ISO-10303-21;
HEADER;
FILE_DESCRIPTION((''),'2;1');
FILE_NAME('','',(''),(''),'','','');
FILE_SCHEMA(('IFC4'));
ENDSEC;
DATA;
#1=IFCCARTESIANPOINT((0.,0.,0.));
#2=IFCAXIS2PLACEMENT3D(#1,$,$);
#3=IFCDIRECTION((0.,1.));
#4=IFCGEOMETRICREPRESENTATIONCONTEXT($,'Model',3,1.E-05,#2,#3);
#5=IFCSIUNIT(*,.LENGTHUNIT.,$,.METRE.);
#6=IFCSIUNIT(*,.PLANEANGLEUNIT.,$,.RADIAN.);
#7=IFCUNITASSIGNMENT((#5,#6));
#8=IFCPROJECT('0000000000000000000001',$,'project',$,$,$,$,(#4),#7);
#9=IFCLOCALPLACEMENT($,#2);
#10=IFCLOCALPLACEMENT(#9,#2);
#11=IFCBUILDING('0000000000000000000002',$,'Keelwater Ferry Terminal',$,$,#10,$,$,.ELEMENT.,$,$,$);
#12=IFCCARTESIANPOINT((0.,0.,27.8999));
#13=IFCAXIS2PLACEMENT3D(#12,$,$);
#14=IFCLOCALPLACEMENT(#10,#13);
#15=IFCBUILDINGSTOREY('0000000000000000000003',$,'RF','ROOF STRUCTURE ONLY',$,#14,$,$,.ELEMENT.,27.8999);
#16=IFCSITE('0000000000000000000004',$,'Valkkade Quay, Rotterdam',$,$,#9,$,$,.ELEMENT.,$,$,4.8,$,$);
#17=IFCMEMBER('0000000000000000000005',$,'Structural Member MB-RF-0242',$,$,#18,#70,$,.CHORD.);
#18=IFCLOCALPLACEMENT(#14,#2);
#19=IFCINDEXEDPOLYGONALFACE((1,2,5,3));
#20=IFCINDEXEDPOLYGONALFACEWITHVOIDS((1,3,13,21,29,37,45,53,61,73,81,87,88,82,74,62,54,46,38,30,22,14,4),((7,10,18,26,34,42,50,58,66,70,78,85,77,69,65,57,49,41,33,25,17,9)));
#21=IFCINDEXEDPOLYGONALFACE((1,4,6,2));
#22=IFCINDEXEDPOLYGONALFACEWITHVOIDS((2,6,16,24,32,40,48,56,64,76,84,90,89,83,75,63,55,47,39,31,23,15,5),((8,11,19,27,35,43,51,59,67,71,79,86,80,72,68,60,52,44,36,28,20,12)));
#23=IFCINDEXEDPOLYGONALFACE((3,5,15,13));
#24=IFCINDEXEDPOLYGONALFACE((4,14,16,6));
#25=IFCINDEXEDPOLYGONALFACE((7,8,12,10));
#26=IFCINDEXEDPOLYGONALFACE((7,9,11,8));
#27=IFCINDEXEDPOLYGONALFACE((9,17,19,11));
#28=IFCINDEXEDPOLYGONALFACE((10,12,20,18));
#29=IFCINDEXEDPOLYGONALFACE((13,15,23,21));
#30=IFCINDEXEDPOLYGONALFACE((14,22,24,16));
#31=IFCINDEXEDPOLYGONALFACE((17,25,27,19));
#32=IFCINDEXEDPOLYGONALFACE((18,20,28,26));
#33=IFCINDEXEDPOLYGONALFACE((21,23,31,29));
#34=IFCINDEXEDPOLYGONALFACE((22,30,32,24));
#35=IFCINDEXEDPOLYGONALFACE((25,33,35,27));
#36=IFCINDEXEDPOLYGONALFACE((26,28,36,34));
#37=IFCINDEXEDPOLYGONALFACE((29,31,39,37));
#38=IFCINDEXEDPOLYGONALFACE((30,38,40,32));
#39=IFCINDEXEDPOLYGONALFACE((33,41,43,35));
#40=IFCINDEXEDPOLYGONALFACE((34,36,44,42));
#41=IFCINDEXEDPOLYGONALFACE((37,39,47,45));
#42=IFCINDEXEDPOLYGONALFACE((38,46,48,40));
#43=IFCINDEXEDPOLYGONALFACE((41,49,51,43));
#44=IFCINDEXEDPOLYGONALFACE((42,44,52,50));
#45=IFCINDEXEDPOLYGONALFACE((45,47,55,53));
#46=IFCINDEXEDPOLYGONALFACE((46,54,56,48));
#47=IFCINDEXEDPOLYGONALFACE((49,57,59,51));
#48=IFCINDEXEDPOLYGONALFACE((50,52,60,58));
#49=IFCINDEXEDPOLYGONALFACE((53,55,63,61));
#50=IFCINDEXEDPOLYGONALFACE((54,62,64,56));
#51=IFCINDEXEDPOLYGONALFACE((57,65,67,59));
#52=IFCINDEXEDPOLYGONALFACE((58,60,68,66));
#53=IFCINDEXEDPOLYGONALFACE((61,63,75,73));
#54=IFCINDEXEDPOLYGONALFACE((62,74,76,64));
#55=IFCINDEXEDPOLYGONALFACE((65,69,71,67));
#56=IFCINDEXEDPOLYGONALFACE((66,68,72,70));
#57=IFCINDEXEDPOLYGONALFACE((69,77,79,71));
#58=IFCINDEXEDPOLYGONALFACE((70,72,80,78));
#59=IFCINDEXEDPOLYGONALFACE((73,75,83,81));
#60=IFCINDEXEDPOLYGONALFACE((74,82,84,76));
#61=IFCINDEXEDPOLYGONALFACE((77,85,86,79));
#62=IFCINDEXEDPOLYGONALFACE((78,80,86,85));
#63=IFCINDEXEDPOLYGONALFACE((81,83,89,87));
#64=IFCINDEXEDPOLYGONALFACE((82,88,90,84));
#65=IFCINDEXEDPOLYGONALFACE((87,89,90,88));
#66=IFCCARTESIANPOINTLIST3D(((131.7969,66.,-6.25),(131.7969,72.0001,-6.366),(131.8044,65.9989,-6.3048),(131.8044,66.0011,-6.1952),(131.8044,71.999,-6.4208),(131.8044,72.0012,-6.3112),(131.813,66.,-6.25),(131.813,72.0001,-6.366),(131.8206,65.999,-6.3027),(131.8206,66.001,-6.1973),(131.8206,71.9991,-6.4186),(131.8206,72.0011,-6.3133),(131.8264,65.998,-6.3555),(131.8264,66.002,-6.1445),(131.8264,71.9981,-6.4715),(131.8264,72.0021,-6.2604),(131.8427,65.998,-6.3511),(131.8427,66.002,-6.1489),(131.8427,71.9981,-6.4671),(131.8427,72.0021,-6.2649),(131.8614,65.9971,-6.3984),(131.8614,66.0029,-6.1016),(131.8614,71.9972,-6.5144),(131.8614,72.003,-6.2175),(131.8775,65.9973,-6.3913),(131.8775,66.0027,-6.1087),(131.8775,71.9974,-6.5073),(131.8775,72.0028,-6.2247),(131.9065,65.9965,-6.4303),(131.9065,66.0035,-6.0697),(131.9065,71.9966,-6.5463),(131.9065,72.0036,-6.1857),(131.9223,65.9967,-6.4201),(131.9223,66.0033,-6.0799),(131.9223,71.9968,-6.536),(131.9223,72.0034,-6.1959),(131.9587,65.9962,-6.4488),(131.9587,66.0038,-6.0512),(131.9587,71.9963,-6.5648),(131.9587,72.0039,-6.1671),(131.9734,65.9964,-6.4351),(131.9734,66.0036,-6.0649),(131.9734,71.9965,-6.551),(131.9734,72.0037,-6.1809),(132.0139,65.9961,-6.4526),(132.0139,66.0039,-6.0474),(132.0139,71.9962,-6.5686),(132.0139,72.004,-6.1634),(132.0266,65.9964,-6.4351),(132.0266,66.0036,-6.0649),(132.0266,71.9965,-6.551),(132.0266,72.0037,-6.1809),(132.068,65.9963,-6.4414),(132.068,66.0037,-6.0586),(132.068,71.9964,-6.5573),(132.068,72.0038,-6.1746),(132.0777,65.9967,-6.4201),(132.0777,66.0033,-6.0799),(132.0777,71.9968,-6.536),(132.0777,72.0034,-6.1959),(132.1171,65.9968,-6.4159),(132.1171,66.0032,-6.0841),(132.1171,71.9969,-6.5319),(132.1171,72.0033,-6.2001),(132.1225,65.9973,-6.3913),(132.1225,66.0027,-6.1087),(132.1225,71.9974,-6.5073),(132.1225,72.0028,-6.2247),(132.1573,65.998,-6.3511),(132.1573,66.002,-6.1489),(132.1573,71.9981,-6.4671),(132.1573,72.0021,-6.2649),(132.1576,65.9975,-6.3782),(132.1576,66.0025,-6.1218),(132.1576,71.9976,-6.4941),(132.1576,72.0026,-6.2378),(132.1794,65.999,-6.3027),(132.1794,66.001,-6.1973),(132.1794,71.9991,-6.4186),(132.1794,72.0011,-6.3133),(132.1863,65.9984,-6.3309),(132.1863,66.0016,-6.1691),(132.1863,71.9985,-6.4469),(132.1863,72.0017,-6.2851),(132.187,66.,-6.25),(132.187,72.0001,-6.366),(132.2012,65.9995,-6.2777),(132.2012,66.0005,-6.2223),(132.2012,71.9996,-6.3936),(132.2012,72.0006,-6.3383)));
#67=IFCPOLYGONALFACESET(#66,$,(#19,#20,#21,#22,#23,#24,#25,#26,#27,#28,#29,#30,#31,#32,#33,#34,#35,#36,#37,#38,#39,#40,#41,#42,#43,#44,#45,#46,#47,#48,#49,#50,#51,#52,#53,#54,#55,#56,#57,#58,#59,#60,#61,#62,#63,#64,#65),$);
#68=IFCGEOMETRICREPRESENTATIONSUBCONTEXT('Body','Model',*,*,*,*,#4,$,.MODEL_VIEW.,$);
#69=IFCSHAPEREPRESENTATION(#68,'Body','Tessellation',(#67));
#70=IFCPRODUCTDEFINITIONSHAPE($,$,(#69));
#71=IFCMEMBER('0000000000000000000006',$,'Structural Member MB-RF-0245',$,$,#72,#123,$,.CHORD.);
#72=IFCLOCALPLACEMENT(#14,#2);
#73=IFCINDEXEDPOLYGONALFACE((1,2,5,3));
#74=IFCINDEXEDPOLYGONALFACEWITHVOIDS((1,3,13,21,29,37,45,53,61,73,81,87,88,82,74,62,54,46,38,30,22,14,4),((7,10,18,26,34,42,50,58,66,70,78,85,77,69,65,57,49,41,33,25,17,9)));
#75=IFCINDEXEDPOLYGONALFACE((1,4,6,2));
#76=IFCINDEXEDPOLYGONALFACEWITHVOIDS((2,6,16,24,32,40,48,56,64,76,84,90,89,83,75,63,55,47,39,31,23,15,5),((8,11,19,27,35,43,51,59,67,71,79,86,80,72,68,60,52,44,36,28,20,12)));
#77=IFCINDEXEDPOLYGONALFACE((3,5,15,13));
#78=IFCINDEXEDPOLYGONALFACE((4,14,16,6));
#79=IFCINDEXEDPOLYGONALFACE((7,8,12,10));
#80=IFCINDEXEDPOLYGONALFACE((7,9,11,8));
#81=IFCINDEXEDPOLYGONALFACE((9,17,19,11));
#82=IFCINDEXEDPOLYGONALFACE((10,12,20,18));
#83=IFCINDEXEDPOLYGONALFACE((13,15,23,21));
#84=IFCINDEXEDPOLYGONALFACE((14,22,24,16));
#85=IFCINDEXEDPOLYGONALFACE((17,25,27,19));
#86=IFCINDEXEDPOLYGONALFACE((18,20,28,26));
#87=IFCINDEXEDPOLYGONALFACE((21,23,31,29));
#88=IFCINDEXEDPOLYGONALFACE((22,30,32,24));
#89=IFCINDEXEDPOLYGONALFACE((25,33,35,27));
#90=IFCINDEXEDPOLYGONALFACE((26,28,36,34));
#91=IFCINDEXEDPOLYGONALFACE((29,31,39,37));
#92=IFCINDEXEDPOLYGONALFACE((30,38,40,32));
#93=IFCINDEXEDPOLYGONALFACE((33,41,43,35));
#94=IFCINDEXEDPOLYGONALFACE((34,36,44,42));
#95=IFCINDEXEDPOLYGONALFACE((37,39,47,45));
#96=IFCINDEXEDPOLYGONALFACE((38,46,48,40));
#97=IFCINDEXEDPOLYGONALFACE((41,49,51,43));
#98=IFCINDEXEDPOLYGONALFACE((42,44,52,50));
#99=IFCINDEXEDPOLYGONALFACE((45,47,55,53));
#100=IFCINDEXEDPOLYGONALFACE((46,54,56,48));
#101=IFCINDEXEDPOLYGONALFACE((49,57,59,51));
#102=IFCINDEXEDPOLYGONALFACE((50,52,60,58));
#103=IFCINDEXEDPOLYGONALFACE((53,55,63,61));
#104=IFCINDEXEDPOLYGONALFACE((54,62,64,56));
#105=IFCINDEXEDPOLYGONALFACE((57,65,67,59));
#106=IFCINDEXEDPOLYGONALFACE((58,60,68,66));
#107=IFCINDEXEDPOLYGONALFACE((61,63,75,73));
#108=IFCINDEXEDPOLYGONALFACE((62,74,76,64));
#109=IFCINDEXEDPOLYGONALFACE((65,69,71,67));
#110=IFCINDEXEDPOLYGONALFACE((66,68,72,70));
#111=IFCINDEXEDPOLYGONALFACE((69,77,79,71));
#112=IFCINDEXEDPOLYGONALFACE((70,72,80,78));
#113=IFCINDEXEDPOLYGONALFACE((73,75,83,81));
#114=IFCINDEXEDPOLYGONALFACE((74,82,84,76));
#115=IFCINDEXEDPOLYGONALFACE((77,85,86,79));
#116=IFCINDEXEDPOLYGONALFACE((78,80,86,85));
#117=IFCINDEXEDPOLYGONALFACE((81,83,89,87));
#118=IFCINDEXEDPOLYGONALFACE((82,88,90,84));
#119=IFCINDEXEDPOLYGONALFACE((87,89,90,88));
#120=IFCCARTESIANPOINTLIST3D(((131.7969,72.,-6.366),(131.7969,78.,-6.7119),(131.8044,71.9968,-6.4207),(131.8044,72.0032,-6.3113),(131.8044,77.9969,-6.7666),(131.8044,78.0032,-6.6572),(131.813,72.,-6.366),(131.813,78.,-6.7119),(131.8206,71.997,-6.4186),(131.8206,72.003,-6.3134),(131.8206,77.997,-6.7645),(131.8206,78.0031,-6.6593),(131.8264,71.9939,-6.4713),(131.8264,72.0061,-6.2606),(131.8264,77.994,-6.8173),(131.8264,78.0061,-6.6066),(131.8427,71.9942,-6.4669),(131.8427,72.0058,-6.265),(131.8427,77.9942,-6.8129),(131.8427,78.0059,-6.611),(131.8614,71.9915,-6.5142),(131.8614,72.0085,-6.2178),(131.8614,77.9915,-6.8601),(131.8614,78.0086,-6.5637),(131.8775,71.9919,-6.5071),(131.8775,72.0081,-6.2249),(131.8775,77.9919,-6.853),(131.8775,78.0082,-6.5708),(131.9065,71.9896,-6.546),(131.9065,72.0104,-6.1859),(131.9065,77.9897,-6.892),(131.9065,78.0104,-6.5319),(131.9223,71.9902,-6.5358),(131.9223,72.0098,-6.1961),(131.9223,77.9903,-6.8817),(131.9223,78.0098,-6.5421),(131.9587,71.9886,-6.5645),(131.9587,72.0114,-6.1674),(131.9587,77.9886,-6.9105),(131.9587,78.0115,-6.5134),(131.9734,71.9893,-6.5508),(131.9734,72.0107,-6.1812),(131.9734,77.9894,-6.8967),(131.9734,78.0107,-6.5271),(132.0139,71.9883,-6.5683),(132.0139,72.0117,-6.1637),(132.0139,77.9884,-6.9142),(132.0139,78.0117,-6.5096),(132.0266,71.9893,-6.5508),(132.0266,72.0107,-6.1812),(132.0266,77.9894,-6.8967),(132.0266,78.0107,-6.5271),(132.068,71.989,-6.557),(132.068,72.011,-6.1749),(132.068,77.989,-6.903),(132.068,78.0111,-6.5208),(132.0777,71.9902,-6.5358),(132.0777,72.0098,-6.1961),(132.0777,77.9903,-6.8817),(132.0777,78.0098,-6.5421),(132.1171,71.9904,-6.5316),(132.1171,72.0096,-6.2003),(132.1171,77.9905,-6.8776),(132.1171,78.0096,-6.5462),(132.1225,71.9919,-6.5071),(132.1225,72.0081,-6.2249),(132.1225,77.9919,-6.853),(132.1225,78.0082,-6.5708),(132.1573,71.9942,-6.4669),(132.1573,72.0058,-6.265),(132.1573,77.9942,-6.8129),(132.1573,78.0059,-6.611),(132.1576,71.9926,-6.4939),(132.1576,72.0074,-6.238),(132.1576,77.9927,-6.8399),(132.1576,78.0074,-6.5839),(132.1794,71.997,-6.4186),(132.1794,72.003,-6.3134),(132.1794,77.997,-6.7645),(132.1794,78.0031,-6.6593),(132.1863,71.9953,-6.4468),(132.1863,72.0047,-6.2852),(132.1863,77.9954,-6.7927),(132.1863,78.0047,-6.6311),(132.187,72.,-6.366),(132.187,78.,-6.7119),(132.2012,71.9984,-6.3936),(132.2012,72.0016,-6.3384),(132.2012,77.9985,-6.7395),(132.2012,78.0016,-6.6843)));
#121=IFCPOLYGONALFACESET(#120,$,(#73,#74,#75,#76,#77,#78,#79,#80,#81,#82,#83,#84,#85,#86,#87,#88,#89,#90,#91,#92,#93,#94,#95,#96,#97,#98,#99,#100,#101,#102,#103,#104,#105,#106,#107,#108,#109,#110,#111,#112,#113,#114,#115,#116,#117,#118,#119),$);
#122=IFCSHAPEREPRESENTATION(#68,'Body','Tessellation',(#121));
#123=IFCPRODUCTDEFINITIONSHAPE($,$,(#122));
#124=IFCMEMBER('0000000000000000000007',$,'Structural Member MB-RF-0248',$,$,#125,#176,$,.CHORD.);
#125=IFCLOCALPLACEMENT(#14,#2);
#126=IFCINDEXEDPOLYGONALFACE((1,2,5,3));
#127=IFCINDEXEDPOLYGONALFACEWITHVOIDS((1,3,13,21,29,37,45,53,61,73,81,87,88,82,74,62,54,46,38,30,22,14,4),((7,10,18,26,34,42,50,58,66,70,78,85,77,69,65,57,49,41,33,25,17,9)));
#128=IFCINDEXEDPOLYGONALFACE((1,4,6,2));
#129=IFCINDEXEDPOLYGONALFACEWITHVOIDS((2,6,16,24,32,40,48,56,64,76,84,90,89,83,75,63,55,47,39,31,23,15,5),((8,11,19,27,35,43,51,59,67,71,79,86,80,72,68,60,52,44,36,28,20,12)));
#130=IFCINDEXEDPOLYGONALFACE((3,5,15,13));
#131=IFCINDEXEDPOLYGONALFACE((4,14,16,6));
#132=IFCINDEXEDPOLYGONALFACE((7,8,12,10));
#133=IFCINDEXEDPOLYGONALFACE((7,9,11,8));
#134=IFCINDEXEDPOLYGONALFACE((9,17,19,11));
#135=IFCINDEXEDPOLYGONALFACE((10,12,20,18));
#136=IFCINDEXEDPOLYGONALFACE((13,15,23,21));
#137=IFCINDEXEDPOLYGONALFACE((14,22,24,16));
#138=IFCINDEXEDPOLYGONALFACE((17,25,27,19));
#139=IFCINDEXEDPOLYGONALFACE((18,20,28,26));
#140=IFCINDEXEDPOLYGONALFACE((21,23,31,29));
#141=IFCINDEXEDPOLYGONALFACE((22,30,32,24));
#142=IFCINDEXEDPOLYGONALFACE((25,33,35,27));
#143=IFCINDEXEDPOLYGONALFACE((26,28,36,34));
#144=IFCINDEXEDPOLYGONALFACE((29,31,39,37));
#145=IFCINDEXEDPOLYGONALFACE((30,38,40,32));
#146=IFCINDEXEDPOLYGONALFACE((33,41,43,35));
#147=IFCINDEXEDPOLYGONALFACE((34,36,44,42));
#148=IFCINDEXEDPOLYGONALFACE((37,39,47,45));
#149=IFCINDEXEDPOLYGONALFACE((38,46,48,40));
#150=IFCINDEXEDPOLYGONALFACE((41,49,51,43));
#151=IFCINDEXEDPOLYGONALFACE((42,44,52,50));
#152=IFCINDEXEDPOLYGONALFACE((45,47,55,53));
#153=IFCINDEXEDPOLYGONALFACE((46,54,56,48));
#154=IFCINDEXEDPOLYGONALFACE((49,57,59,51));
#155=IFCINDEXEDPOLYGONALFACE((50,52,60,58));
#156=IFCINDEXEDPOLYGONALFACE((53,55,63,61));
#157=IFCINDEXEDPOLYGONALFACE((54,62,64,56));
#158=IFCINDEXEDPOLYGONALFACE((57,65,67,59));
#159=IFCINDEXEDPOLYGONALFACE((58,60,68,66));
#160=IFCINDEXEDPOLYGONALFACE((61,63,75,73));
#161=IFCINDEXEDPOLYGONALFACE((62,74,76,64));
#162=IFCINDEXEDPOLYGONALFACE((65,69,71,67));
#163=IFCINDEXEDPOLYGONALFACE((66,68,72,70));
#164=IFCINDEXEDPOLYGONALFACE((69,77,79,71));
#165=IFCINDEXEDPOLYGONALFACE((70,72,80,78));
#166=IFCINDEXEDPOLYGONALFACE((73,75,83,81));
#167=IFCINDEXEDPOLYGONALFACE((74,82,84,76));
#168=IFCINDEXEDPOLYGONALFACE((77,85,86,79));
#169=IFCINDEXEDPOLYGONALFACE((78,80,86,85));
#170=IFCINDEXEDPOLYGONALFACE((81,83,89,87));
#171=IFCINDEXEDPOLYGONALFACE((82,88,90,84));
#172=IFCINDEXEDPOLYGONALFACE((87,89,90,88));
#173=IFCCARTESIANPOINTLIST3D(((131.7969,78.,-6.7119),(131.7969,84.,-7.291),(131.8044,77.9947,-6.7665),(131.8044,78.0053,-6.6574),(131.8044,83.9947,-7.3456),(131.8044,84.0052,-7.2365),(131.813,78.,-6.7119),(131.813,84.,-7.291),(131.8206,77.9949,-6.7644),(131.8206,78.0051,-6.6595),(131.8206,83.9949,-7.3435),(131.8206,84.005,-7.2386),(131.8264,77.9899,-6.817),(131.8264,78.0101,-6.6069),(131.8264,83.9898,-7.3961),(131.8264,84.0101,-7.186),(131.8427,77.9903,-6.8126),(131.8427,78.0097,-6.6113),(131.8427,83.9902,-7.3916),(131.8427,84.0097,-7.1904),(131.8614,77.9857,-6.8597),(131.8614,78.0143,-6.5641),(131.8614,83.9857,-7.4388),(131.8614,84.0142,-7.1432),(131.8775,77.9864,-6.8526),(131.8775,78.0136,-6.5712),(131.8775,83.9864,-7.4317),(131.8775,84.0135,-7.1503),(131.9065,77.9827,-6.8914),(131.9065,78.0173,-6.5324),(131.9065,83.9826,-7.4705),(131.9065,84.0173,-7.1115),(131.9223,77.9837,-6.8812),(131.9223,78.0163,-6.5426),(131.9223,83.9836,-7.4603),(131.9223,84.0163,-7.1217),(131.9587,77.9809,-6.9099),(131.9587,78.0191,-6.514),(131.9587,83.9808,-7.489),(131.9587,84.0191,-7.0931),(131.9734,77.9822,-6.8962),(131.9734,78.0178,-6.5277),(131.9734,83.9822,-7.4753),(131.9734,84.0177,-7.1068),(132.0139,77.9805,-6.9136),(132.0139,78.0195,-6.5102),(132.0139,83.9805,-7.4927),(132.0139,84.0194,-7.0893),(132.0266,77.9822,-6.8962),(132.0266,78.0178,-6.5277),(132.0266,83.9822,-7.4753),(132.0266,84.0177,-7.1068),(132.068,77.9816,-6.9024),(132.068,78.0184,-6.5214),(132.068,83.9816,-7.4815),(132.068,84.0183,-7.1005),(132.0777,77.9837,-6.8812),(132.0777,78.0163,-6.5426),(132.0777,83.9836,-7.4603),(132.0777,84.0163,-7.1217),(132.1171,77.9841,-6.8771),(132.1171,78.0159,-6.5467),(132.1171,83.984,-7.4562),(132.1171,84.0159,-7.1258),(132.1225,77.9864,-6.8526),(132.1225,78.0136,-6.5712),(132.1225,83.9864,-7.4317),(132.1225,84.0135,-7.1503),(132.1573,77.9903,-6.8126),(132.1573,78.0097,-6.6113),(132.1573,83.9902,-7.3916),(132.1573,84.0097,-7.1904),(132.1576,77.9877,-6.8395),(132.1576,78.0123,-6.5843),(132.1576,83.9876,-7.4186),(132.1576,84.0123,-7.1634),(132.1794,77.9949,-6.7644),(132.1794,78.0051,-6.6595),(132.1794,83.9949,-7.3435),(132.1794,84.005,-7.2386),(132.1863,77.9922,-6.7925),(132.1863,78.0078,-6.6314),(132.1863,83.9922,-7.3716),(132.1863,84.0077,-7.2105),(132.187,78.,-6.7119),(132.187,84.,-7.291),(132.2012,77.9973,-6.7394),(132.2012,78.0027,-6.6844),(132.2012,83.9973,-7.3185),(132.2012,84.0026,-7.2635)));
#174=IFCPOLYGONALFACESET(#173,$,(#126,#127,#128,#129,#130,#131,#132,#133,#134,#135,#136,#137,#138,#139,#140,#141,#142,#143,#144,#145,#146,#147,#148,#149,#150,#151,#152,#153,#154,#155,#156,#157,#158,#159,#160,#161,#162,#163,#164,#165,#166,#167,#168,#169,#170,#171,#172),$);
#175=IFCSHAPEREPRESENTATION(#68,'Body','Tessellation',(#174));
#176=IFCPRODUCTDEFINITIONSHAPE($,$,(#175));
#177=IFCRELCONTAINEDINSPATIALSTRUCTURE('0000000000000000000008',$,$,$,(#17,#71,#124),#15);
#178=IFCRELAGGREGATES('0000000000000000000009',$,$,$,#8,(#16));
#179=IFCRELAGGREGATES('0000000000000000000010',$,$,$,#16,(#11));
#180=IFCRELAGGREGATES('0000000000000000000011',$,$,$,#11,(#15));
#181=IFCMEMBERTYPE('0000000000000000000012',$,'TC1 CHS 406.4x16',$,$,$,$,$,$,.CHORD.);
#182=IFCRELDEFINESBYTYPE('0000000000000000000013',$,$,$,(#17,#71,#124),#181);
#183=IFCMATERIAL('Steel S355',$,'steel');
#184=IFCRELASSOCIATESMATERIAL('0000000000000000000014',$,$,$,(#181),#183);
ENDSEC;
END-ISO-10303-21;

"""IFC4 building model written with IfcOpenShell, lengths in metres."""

from ifc_helpers import new_model, si_unit, direction, frame, origin, origin_2d, place, context, subcontext, project, spatial, hollow_circle, extrude, material, material_profile, profile_set, type_object, element, save


model = new_model("IFC4")

# Units and contexts
model_context = context("Model", 3, precision=1e-05, world=origin(), true_north=direction((0.0, 1.0)))
body_context = subcontext(model_context, "Body", "Model", "MODEL_VIEW")
ifc_project = project(units=[si_unit("LENGTHUNIT", "METRE"), si_unit("PLANEANGLEUNIT", "RADIAN")], contexts=[model_context])

# Site, building, storey
site_placement = place(None, origin())
site = spatial("IfcSite", under=ifc_project, at=site_placement, Name="Valkkade Quay, Rotterdam", CompositionType="ELEMENT", RefElevation=4.8)
building_placement = place(site_placement, origin())
building = spatial("IfcBuilding", under=site, at=building_placement, Name="Keelwater Ferry Terminal", CompositionType="ELEMENT")
storey_placement = place(building_placement, frame((0.0, 0.0, 27.8999)))
storey = spatial("IfcBuildingStorey", under=building, at=storey_placement, Name="RF", Description="ROOF STRUCTURE ONLY", CompositionType="ELEMENT", Elevation=27.8999)

# Members
ifc_material_1 = material(Name="Steel S355", Category="steel")
ifc_material_profile_1 = material_profile(ifc_material_1, hollow_circle(Radius=0.2031, WallThickness=0.0161, at=origin_2d()), Name="CHS 406.4x16")
ifc_profile_set_1 = profile_set([ifc_material_profile_1], Name="Steel S355")
member_type_1 = type_object("IfcMemberType", Name="TC1 CHS 406.4x16", PredefinedType="CHORD", material=ifc_profile_set_1)
member_1_placement = place(storey_placement, frame((132.0, 66.0, -6.25), z_axis=(0.0, 0.999813, -0.019324), x_axis=(-1.0, 0.0, 0.0)))
element("IfcMember", 1, at=member_1_placement, inside=storey, type_object=member_type_1, Name="Structural Member MB-RF-0242", PredefinedType="CHORD", context=body_context, shape_type="SweptSolid", body=[
    extrude(hollow_circle(Radius=0.2031, WallThickness=0.0161, at=origin_2d()), origin(), (0.0, 0.0, 1.0), 6.0012),
])
member_2_placement = place(storey_placement, frame((132.0, 72.0, -6.366), z_axis=(0.0, 0.998342, -0.057562), x_axis=(-1.0, 0.0, 0.0)))
element("IfcMember", 2, at=member_2_placement, inside=storey, type_object=member_type_1, Name="Structural Member MB-RF-0245", PredefinedType="CHORD", context=body_context, shape_type="SweptSolid", body=[
    extrude(hollow_circle(Radius=0.2031, WallThickness=0.0161, at=origin_2d()), origin(), (0.0, 0.0, 1.0), 6.01),
])
member_3_placement = place(storey_placement, frame((132.0, 78.0, -6.7119), z_axis=(0.0, 0.995375, -0.09607), x_axis=(-1.0, 0.0, 0.0)))
element("IfcMember", 3, at=member_3_placement, inside=storey, type_object=member_type_1, Name="Structural Member MB-RF-0248", PredefinedType="CHORD", context=body_context, shape_type="SweptSolid", body=[
    extrude(hollow_circle(Radius=0.2031, WallThickness=0.0161, at=origin_2d()), origin(), (0.0, 0.0, 1.0), 6.0278),
])

save(model, "model.ifc")
